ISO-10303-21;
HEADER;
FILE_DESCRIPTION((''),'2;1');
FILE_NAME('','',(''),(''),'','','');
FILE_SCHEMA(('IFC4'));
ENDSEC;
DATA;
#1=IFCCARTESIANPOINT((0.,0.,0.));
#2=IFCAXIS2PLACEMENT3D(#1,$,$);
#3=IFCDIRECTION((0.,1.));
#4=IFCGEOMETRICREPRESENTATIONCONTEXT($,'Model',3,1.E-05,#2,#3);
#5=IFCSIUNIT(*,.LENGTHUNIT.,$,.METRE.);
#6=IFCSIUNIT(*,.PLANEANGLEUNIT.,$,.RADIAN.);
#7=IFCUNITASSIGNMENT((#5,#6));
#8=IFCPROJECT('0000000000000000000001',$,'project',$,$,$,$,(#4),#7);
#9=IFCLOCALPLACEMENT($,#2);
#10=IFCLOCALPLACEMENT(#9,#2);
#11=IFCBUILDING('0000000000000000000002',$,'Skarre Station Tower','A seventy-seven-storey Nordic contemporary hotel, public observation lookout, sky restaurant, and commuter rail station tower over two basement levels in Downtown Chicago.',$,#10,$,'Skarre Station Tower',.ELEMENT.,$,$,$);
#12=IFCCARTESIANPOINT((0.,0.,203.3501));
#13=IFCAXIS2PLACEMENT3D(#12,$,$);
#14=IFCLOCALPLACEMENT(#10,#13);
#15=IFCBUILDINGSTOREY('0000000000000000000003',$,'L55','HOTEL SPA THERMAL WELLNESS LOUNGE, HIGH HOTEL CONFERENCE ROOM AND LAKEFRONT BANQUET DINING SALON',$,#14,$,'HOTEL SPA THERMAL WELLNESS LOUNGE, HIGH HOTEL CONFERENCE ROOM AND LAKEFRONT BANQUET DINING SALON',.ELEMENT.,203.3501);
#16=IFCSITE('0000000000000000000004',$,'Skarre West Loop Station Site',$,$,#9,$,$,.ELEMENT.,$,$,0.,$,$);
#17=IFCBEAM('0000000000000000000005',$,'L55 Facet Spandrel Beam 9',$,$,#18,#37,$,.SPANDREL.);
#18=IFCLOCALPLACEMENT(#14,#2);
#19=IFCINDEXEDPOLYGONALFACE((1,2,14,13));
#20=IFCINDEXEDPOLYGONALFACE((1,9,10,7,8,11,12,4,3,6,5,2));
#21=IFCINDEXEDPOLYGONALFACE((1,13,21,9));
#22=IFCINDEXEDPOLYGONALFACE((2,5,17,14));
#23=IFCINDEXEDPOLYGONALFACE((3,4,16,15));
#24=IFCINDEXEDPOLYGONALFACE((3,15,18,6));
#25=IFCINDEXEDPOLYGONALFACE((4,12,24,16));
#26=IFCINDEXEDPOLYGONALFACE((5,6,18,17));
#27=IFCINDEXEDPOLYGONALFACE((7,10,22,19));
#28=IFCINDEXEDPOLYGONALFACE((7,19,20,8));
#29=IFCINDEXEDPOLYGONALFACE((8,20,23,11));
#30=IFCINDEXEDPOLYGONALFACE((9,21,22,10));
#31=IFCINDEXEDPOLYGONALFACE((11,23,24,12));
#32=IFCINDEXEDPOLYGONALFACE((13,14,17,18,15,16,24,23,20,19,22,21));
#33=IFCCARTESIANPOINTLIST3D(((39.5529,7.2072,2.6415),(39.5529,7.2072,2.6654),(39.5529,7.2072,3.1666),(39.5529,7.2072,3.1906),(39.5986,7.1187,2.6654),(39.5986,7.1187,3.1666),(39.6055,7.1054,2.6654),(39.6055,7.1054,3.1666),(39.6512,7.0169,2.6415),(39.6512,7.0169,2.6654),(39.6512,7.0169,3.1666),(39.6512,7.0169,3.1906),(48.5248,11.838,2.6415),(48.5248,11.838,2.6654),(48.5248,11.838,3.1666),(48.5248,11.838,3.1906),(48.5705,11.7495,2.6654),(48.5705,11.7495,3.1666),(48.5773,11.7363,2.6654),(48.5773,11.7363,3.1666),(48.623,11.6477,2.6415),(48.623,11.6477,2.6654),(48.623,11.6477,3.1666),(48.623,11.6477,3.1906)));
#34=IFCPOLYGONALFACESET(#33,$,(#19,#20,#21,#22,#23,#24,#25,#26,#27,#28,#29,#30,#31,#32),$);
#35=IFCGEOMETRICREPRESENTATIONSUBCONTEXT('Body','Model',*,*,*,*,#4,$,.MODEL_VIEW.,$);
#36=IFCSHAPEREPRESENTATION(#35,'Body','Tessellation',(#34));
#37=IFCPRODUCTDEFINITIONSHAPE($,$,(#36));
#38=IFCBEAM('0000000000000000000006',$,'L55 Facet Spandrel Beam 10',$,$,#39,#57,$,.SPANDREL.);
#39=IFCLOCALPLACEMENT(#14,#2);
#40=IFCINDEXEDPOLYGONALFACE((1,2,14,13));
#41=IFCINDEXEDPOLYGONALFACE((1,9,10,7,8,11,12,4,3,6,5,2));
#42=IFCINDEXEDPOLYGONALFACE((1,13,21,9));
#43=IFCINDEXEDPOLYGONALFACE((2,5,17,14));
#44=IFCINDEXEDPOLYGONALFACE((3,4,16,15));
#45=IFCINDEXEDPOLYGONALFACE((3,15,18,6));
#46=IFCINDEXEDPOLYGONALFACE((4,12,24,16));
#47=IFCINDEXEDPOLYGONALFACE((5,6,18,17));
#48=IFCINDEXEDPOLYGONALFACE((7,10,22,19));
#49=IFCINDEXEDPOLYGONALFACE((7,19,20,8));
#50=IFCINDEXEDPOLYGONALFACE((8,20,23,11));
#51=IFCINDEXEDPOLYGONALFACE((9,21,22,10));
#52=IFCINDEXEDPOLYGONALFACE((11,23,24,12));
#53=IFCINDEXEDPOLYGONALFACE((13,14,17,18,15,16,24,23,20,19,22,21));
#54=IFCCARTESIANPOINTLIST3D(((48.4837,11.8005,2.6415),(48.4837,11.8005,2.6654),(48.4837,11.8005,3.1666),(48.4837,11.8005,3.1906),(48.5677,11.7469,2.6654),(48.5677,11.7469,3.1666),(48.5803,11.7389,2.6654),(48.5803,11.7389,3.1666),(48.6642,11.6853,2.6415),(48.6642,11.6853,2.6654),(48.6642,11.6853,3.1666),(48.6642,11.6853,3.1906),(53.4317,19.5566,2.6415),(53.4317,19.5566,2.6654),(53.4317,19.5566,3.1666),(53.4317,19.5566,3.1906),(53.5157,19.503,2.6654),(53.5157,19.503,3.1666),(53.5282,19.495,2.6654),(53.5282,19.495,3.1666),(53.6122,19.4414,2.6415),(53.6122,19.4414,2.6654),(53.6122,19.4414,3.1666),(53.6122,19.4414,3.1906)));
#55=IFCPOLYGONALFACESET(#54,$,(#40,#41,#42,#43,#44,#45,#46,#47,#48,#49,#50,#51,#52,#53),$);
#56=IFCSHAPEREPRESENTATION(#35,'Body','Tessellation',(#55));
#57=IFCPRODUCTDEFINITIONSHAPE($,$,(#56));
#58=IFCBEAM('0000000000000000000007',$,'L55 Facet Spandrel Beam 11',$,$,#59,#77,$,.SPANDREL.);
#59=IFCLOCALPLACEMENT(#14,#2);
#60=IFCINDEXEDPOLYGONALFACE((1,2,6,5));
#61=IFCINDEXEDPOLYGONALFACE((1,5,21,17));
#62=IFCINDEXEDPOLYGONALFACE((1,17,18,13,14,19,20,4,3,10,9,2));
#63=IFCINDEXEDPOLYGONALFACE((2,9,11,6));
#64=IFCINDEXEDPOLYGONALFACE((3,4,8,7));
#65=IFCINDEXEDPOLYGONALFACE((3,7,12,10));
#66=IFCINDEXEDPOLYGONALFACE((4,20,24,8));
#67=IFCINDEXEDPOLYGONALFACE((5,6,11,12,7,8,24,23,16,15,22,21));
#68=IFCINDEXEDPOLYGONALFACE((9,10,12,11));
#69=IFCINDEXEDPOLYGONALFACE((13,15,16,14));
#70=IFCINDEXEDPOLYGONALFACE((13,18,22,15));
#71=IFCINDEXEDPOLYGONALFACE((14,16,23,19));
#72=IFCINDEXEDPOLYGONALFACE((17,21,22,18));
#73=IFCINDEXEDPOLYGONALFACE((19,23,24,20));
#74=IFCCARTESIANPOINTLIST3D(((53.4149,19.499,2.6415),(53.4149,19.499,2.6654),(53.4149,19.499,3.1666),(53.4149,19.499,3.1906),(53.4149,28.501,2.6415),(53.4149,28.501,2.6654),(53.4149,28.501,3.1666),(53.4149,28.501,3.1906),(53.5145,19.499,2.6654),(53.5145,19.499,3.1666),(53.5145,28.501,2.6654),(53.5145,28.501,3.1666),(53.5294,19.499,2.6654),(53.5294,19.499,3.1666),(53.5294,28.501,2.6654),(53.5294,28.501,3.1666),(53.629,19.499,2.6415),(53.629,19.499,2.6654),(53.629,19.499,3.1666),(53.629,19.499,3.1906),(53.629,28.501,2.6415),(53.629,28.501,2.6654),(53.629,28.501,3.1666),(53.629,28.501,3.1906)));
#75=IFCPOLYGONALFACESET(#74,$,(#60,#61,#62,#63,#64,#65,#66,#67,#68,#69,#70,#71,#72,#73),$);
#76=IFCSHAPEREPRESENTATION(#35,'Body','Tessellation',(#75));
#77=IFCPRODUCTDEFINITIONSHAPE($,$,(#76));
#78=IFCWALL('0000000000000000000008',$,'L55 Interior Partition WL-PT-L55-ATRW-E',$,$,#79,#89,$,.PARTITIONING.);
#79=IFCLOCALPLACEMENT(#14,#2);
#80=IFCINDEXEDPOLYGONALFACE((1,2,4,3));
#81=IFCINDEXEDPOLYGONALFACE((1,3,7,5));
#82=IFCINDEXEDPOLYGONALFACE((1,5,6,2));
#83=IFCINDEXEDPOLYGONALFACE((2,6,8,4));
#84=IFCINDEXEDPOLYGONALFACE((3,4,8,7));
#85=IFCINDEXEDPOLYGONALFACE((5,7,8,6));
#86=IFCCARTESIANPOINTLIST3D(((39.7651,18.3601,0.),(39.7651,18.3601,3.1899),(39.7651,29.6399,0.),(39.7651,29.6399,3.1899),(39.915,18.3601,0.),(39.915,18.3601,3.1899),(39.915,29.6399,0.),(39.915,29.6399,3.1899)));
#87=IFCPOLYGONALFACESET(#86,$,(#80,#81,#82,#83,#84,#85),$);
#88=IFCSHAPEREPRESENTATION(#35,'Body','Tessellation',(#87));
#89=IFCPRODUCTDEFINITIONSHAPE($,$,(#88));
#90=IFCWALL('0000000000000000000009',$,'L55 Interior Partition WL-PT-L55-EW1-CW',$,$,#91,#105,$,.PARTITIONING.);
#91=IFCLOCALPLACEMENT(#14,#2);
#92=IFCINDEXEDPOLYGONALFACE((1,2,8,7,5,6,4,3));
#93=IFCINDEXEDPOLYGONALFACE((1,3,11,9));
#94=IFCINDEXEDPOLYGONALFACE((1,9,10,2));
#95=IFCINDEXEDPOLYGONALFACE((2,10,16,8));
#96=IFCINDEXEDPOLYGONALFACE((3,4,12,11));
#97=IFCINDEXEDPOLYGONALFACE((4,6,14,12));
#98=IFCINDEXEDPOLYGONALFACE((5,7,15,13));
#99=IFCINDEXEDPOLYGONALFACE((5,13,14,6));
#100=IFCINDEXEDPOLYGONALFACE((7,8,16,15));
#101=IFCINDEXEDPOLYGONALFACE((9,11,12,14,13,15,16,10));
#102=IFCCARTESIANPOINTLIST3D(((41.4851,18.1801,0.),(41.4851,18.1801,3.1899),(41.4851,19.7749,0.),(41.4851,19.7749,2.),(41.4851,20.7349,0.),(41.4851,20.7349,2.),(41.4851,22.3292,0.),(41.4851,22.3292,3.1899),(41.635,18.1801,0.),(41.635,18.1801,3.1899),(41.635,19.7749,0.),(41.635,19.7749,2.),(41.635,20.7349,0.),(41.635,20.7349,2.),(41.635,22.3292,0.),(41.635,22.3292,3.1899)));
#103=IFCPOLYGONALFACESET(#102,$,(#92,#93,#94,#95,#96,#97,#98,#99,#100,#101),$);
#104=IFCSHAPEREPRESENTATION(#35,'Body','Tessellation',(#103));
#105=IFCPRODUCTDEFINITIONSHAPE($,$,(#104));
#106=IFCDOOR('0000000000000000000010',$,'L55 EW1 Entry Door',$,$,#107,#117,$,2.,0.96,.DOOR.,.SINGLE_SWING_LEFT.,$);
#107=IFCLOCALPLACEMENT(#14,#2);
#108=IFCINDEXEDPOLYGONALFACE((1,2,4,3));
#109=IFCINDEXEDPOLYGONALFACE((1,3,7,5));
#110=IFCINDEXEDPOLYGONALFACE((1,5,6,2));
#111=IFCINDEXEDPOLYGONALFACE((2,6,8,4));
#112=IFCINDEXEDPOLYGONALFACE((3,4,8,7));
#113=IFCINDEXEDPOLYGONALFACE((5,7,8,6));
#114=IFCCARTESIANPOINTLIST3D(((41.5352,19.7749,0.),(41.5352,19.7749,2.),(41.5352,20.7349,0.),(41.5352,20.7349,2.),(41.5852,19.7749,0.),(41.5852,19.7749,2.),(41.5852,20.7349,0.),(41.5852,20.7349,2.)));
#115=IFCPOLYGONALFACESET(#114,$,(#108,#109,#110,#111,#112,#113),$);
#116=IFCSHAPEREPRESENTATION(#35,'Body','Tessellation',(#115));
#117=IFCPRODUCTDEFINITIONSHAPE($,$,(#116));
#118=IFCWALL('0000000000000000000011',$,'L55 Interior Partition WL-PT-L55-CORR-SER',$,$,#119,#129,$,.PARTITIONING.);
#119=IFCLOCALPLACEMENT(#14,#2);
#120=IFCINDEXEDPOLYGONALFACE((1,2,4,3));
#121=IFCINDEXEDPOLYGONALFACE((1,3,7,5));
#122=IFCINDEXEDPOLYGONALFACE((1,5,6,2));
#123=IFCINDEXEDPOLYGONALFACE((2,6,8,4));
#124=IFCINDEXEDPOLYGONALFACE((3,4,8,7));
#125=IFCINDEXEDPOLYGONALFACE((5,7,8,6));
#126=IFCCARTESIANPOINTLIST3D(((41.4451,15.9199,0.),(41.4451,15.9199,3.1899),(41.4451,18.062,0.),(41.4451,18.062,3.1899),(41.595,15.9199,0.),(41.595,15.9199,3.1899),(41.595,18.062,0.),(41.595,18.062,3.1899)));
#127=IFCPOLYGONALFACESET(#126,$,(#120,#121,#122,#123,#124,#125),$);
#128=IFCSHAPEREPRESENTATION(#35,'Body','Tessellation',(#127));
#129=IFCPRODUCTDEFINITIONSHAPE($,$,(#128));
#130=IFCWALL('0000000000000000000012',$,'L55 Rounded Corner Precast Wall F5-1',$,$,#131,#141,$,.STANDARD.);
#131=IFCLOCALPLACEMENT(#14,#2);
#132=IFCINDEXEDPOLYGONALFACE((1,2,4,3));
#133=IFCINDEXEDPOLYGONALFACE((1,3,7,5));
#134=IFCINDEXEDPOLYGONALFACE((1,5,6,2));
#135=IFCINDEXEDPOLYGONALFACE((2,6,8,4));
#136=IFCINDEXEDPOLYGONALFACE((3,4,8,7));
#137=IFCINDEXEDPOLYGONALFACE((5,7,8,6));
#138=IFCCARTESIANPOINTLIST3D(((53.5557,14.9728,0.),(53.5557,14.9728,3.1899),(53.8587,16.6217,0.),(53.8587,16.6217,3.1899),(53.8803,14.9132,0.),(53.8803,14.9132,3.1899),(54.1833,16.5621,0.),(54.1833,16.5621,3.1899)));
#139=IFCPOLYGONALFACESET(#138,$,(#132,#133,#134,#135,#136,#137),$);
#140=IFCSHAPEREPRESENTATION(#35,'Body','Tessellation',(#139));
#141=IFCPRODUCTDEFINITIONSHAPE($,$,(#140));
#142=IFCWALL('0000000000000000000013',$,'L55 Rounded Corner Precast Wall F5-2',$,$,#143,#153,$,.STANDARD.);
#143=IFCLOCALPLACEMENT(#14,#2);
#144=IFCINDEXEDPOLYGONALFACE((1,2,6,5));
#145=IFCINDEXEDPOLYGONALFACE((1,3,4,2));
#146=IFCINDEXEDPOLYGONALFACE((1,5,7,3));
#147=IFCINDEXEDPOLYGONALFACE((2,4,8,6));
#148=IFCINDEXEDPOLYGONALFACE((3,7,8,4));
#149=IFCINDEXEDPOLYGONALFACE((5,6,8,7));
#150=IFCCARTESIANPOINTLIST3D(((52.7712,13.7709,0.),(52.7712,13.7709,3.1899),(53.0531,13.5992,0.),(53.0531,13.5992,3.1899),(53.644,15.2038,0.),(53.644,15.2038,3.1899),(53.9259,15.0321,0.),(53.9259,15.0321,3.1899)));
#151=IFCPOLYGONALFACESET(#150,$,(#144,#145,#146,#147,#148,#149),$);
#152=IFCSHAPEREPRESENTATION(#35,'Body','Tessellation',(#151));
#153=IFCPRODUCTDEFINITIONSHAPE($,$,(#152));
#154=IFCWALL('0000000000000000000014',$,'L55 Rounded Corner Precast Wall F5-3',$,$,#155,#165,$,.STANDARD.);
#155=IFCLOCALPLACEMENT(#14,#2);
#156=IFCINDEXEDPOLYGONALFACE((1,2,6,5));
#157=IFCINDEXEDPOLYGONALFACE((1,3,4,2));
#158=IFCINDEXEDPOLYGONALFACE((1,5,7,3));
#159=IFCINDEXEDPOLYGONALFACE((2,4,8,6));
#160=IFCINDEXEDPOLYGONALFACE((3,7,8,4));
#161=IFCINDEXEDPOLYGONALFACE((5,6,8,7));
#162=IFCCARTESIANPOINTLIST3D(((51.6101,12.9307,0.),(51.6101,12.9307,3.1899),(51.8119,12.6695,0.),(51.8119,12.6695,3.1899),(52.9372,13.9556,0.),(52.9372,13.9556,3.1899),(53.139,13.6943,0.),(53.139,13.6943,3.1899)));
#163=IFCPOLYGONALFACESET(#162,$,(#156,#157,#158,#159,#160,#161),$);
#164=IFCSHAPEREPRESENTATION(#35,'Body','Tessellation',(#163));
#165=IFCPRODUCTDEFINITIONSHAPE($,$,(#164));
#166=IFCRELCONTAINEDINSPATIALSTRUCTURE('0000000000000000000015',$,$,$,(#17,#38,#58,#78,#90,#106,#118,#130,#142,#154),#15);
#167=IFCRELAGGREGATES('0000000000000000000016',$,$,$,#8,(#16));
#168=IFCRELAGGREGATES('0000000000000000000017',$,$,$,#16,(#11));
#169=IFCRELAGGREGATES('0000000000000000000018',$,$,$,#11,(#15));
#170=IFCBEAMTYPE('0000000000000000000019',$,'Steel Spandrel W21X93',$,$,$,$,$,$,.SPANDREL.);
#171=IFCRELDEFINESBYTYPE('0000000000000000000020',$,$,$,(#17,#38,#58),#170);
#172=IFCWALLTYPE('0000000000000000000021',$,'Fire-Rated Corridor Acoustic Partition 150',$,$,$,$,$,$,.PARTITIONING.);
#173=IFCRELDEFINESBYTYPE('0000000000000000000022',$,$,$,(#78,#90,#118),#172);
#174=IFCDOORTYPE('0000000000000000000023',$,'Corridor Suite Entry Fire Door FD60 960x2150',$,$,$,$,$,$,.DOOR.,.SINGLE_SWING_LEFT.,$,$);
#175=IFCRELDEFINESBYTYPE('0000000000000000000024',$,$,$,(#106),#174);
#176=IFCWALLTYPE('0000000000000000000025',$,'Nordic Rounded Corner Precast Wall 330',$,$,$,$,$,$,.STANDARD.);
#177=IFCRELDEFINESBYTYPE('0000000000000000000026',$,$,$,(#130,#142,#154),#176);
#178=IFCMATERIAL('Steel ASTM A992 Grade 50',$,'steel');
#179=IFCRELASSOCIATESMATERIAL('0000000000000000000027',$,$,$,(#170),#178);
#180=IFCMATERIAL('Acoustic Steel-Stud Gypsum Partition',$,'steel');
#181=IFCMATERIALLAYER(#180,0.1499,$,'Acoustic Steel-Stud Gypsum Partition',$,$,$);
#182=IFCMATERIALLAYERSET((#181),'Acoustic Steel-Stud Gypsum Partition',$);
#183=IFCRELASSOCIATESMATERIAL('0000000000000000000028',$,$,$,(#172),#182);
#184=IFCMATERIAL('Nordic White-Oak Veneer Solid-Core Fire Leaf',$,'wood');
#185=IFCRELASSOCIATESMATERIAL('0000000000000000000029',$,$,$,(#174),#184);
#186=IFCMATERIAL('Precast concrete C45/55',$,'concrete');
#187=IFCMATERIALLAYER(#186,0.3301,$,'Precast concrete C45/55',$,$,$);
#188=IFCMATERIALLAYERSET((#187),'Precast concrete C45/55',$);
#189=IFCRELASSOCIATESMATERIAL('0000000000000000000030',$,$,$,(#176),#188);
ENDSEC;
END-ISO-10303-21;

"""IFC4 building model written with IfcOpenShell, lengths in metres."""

from ifc_helpers import new_model, si_unit, direction, frame, frame_2d, origin, origin_2d, place, context, subcontext, project, spatial, rectangle, i_section, extrude, material, layer, layer_set, material_profile, profile_set, type_object, element, fill, save


model = new_model("IFC4")

# Units and contexts
model_context = context("Model", 3, precision=1e-05, world=origin(), true_north=direction((0.0, 1.0)))
body_context = subcontext(model_context, "Body", "Model", "MODEL_VIEW")
ifc_project = project(units=[si_unit("LENGTHUNIT", "METRE"), si_unit("PLANEANGLEUNIT", "RADIAN")], contexts=[model_context])

# Site, building, storey
site_placement = place(None, origin())
site = spatial("IfcSite", under=ifc_project, at=site_placement, Name="Skarre West Loop Station Site", CompositionType="ELEMENT", RefElevation=0.0)
building_placement = place(site_placement, origin())
building = spatial("IfcBuilding", under=site, at=building_placement, Name="Skarre Station Tower", Description="A seventy-seven-storey Nordic contemporary hotel, public observation lookout, sky restaurant, and commuter rail station tower over two basement levels in Downtown Chicago.", LongName="Skarre Station Tower", CompositionType="ELEMENT")
storey_placement = place(building_placement, frame((0.0, 0.0, 203.3501)))
storey = spatial("IfcBuildingStorey", under=building, at=storey_placement, Name="L55", Description="HOTEL SPA THERMAL WELLNESS LOUNGE, HIGH HOTEL CONFERENCE ROOM AND LAKEFRONT BANQUET DINING SALON", LongName="HOTEL SPA THERMAL WELLNESS LOUNGE, HIGH HOTEL CONFERENCE ROOM AND LAKEFRONT BANQUET DINING SALON", CompositionType="ELEMENT", Elevation=203.3501)

# Beams
ifc_material_1 = material(Name="Steel ASTM A992 Grade 50", Category="steel")
ifc_material_profile_1 = material_profile(ifc_material_1, i_section(OverallWidth=0.2141, OverallDepth=0.5491, WebThickness=0.0149, FlangeThickness=0.0239, at=origin_2d()), Name="Steel ASTM A992 Grade 50")
ifc_profile_set_1 = profile_set([ifc_material_profile_1], Name="Steel ASTM A992 Grade 50")
beam_type_1 = type_object("IfcBeamType", Name="Steel Spandrel W21X93", PredefinedType="SPANDREL", material=ifc_profile_set_1)
beam_1_placement = place(storey_placement, frame((39.6021, 7.1121, 2.916), z_axis=(0.888613, 0.458658, 0.0), x_axis=(-0.458658, 0.888613, 0.0)))
element("IfcBeam", 1, at=beam_1_placement, inside=storey, type_object=beam_type_1, Name="L55 Facet Spandrel Beam 9", PredefinedType="SPANDREL", context=body_context, shape_type="SweptSolid", body=[
    extrude(i_section(OverallWidth=0.2141, OverallDepth=0.5491, WebThickness=0.0149, FlangeThickness=0.0239, at=origin_2d()), origin(), (0.0, 0.0, 1.0), 10.0964),
])
beam_2_placement = place(storey_placement, frame((48.574, 11.7429, 2.916), z_axis=(0.537826, 0.843056, 0.0), x_axis=(-0.843056, 0.537826, 0.0)))
element("IfcBeam", 2, at=beam_2_placement, inside=storey, type_object=beam_type_1, Name="L55 Facet Spandrel Beam 10", PredefinedType="SPANDREL", context=body_context, shape_type="SweptSolid", body=[
    extrude(i_section(OverallWidth=0.2141, OverallDepth=0.5491, WebThickness=0.0149, FlangeThickness=0.0239, at=origin_2d()), origin(), (0.0, 0.0, 1.0), 9.2),
])
beam_3_placement = place(storey_placement, frame((53.522, 19.499, 2.916), z_axis=(0.0, 1.0, 0.0), x_axis=(-1.0, 0.0, 0.0)))
element("IfcBeam", 3, at=beam_3_placement, inside=storey, type_object=beam_type_1, Name="L55 Facet Spandrel Beam 11", PredefinedType="SPANDREL", context=body_context, shape_type="SweptSolid", body=[
    extrude(i_section(OverallWidth=0.2141, OverallDepth=0.5491, WebThickness=0.0149, FlangeThickness=0.0239, at=origin_2d()), origin(), (0.0, 0.0, 1.0), 9.002),
])

# Wall
ifc_material_2 = material(Name="Acoustic Steel-Stud Gypsum Partition", Category="steel")
ifc_layer_1 = layer(ifc_material_2, 0.1499, Name="Acoustic Steel-Stud Gypsum Partition")
ifc_layer_set_1 = layer_set([ifc_layer_1], Name="Acoustic Steel-Stud Gypsum Partition")
wall_type_1 = type_object("IfcWallType", Name="Fire-Rated Corridor Acoustic Partition 150", PredefinedType="PARTITIONING", material=ifc_layer_set_1)
wall_1_placement = place(storey_placement, frame((39.8401, 18.3601, 0.0), z_axis=(0.0, 0.0, 1.0), x_axis=(0.0, 1.0, 0.0)))
element("IfcWall", 4, at=wall_1_placement, inside=storey, type_object=wall_type_1, Name="L55 Interior Partition WL-PT-L55-ATRW-E", PredefinedType="PARTITIONING", context=body_context, shape_type="SweptSolid", body=[
    extrude(rectangle(XDim=11.2798, YDim=0.1499, at=frame_2d((5.6399, 0.0))), origin(), (0.0, 0.0, 1.0), 3.1899),
])

# Wall, opening, door
wall_2_placement = place(storey_placement, frame((41.5601, 18.1799, 0.0), z_axis=(0.0, 0.0, 1.0), x_axis=(0.0, 1.0, 0.0)))
wall_2 = element("IfcWall", 5, at=wall_2_placement, inside=storey, type_object=wall_type_1, Name="L55 Interior Partition WL-PT-L55-EW1-CW", PredefinedType="PARTITIONING", context=body_context, shape_type="SweptSolid", body=[
    extrude(rectangle(XDim=4.1492, YDim=0.1499, at=frame_2d((2.0747, 0.0))), origin(), (0.0, 0.0, 1.0), 3.1899),
])
opening_1_placement = place(wall_2_placement, frame((1.595, 0.0, 0.0)))
opening_1 = element("IfcOpeningElement", 6, at=opening_1_placement, cuts=wall_2, PredefinedType="OPENING", context=body_context, shape_type="SweptSolid", body=[
    extrude(rectangle(XDim=0.96, YDim=2.0, at=frame_2d((0.48, 1.0))), frame((0.0, 0.085, 0.0), z_axis=(0.0, -1.0, 0.0), x_axis=(1.0, 0.0, 0.0)), (0.0, 0.0, 1.0), 0.1699),
])
ifc_material_3 = material(Name="Nordic White-Oak Veneer Solid-Core Fire Leaf", Category="wood")
door_type_1 = type_object("IfcDoorType", Name="Corridor Suite Entry Fire Door FD60 960x2150", OperationType="SINGLE_SWING_LEFT", PredefinedType="DOOR", material=ifc_material_3)
door_1_placement = place(opening_1_placement, origin())
door_1 = element("IfcDoor", 7, at=door_1_placement, inside=storey, type_object=door_type_1, Name="L55 EW1 Entry Door", OperationType="SINGLE_SWING_LEFT", OverallHeight=2.0, OverallWidth=0.96, PredefinedType="DOOR", context=body_context, shape_type="SweptSolid", body=[
    extrude(rectangle(XDim=0.96, YDim=2.0, at=frame_2d((0.48, 1.0))), frame((0.0, 0.0249, 0.0), z_axis=(0.0, -1.0, 0.0), x_axis=(1.0, 0.0, 0.0)), (0.0, 0.0, 1.0), 0.05),
])
fill(opening_1, door_1)

# Walls
wall_3_placement = place(storey_placement, frame((41.52, 15.9199, 0.0), z_axis=(0.0, 0.0, 1.0), x_axis=(0.0, 1.0, 0.0)))
element("IfcWall", 8, at=wall_3_placement, inside=storey, type_object=wall_type_1, Name="L55 Interior Partition WL-PT-L55-CORR-SER", PredefinedType="PARTITIONING", context=body_context, shape_type="SweptSolid", body=[
    extrude(rectangle(XDim=2.1421, YDim=0.1499, at=frame_2d((1.071, 0.0))), origin(), (0.0, 0.0, 1.0), 3.1899),
])
ifc_material_4 = material(Name="Precast concrete C45/55", Category="concrete")
ifc_layer_2 = layer(ifc_material_4, 0.3301, Name="Precast concrete C45/55")
ifc_layer_set_2 = layer_set([ifc_layer_2], Name="Precast concrete C45/55")
wall_type_2 = type_object("IfcWallType", Name="Nordic Rounded Corner Precast Wall 330", PredefinedType="STANDARD", material=ifc_layer_set_2)
wall_4_placement = place(storey_placement, frame((54.021, 16.592, 0.0), z_axis=(0.0, 0.0, 1.0), x_axis=(-0.180718, -0.983535, 0.0)))
element("IfcWall", 9, at=wall_4_placement, inside=storey, type_object=wall_type_2, Name="L55 Rounded Corner Precast Wall F5-1", PredefinedType="STANDARD", context=body_context, shape_type="SweptSolid", body=[
    extrude(rectangle(XDim=1.6765, YDim=0.3301, at=frame_2d((0.8384, 0.0))), origin(), (0.0, 0.0, 1.0), 3.1899),
])
wall_5_placement = place(storey_placement, frame((53.7849, 15.1179, 0.0), z_axis=(0.0, 0.0, 1.0), x_axis=(-0.520219, -0.854033, 0.0)))
element("IfcWall", 10, at=wall_5_placement, inside=storey, type_object=wall_type_2, Name="L55 Rounded Corner Precast Wall F5-2", PredefinedType="STANDARD", context=body_context, shape_type="SweptSolid", body=[
    extrude(rectangle(XDim=1.6777, YDim=0.3301, at=frame_2d((0.8389, 0.0))), origin(), (0.0, 0.0, 1.0), 3.1899),
])
wall_6_placement = place(storey_placement, frame((53.0381, 13.825, 0.0), z_axis=(0.0, 0.0, 1.0), x_axis=(-0.791464, -0.611215, 0.0)))
element("IfcWall", 11, at=wall_6_placement, inside=storey, type_object=wall_type_2, Name="L55 Rounded Corner Precast Wall F5-3", PredefinedType="STANDARD", context=body_context, shape_type="SweptSolid", body=[
    extrude(rectangle(XDim=1.6768, YDim=0.3301, at=frame_2d((0.8384, 0.0))), origin(), (0.0, 0.0, 1.0), 3.1899),
])

save(model, "model.ifc")
